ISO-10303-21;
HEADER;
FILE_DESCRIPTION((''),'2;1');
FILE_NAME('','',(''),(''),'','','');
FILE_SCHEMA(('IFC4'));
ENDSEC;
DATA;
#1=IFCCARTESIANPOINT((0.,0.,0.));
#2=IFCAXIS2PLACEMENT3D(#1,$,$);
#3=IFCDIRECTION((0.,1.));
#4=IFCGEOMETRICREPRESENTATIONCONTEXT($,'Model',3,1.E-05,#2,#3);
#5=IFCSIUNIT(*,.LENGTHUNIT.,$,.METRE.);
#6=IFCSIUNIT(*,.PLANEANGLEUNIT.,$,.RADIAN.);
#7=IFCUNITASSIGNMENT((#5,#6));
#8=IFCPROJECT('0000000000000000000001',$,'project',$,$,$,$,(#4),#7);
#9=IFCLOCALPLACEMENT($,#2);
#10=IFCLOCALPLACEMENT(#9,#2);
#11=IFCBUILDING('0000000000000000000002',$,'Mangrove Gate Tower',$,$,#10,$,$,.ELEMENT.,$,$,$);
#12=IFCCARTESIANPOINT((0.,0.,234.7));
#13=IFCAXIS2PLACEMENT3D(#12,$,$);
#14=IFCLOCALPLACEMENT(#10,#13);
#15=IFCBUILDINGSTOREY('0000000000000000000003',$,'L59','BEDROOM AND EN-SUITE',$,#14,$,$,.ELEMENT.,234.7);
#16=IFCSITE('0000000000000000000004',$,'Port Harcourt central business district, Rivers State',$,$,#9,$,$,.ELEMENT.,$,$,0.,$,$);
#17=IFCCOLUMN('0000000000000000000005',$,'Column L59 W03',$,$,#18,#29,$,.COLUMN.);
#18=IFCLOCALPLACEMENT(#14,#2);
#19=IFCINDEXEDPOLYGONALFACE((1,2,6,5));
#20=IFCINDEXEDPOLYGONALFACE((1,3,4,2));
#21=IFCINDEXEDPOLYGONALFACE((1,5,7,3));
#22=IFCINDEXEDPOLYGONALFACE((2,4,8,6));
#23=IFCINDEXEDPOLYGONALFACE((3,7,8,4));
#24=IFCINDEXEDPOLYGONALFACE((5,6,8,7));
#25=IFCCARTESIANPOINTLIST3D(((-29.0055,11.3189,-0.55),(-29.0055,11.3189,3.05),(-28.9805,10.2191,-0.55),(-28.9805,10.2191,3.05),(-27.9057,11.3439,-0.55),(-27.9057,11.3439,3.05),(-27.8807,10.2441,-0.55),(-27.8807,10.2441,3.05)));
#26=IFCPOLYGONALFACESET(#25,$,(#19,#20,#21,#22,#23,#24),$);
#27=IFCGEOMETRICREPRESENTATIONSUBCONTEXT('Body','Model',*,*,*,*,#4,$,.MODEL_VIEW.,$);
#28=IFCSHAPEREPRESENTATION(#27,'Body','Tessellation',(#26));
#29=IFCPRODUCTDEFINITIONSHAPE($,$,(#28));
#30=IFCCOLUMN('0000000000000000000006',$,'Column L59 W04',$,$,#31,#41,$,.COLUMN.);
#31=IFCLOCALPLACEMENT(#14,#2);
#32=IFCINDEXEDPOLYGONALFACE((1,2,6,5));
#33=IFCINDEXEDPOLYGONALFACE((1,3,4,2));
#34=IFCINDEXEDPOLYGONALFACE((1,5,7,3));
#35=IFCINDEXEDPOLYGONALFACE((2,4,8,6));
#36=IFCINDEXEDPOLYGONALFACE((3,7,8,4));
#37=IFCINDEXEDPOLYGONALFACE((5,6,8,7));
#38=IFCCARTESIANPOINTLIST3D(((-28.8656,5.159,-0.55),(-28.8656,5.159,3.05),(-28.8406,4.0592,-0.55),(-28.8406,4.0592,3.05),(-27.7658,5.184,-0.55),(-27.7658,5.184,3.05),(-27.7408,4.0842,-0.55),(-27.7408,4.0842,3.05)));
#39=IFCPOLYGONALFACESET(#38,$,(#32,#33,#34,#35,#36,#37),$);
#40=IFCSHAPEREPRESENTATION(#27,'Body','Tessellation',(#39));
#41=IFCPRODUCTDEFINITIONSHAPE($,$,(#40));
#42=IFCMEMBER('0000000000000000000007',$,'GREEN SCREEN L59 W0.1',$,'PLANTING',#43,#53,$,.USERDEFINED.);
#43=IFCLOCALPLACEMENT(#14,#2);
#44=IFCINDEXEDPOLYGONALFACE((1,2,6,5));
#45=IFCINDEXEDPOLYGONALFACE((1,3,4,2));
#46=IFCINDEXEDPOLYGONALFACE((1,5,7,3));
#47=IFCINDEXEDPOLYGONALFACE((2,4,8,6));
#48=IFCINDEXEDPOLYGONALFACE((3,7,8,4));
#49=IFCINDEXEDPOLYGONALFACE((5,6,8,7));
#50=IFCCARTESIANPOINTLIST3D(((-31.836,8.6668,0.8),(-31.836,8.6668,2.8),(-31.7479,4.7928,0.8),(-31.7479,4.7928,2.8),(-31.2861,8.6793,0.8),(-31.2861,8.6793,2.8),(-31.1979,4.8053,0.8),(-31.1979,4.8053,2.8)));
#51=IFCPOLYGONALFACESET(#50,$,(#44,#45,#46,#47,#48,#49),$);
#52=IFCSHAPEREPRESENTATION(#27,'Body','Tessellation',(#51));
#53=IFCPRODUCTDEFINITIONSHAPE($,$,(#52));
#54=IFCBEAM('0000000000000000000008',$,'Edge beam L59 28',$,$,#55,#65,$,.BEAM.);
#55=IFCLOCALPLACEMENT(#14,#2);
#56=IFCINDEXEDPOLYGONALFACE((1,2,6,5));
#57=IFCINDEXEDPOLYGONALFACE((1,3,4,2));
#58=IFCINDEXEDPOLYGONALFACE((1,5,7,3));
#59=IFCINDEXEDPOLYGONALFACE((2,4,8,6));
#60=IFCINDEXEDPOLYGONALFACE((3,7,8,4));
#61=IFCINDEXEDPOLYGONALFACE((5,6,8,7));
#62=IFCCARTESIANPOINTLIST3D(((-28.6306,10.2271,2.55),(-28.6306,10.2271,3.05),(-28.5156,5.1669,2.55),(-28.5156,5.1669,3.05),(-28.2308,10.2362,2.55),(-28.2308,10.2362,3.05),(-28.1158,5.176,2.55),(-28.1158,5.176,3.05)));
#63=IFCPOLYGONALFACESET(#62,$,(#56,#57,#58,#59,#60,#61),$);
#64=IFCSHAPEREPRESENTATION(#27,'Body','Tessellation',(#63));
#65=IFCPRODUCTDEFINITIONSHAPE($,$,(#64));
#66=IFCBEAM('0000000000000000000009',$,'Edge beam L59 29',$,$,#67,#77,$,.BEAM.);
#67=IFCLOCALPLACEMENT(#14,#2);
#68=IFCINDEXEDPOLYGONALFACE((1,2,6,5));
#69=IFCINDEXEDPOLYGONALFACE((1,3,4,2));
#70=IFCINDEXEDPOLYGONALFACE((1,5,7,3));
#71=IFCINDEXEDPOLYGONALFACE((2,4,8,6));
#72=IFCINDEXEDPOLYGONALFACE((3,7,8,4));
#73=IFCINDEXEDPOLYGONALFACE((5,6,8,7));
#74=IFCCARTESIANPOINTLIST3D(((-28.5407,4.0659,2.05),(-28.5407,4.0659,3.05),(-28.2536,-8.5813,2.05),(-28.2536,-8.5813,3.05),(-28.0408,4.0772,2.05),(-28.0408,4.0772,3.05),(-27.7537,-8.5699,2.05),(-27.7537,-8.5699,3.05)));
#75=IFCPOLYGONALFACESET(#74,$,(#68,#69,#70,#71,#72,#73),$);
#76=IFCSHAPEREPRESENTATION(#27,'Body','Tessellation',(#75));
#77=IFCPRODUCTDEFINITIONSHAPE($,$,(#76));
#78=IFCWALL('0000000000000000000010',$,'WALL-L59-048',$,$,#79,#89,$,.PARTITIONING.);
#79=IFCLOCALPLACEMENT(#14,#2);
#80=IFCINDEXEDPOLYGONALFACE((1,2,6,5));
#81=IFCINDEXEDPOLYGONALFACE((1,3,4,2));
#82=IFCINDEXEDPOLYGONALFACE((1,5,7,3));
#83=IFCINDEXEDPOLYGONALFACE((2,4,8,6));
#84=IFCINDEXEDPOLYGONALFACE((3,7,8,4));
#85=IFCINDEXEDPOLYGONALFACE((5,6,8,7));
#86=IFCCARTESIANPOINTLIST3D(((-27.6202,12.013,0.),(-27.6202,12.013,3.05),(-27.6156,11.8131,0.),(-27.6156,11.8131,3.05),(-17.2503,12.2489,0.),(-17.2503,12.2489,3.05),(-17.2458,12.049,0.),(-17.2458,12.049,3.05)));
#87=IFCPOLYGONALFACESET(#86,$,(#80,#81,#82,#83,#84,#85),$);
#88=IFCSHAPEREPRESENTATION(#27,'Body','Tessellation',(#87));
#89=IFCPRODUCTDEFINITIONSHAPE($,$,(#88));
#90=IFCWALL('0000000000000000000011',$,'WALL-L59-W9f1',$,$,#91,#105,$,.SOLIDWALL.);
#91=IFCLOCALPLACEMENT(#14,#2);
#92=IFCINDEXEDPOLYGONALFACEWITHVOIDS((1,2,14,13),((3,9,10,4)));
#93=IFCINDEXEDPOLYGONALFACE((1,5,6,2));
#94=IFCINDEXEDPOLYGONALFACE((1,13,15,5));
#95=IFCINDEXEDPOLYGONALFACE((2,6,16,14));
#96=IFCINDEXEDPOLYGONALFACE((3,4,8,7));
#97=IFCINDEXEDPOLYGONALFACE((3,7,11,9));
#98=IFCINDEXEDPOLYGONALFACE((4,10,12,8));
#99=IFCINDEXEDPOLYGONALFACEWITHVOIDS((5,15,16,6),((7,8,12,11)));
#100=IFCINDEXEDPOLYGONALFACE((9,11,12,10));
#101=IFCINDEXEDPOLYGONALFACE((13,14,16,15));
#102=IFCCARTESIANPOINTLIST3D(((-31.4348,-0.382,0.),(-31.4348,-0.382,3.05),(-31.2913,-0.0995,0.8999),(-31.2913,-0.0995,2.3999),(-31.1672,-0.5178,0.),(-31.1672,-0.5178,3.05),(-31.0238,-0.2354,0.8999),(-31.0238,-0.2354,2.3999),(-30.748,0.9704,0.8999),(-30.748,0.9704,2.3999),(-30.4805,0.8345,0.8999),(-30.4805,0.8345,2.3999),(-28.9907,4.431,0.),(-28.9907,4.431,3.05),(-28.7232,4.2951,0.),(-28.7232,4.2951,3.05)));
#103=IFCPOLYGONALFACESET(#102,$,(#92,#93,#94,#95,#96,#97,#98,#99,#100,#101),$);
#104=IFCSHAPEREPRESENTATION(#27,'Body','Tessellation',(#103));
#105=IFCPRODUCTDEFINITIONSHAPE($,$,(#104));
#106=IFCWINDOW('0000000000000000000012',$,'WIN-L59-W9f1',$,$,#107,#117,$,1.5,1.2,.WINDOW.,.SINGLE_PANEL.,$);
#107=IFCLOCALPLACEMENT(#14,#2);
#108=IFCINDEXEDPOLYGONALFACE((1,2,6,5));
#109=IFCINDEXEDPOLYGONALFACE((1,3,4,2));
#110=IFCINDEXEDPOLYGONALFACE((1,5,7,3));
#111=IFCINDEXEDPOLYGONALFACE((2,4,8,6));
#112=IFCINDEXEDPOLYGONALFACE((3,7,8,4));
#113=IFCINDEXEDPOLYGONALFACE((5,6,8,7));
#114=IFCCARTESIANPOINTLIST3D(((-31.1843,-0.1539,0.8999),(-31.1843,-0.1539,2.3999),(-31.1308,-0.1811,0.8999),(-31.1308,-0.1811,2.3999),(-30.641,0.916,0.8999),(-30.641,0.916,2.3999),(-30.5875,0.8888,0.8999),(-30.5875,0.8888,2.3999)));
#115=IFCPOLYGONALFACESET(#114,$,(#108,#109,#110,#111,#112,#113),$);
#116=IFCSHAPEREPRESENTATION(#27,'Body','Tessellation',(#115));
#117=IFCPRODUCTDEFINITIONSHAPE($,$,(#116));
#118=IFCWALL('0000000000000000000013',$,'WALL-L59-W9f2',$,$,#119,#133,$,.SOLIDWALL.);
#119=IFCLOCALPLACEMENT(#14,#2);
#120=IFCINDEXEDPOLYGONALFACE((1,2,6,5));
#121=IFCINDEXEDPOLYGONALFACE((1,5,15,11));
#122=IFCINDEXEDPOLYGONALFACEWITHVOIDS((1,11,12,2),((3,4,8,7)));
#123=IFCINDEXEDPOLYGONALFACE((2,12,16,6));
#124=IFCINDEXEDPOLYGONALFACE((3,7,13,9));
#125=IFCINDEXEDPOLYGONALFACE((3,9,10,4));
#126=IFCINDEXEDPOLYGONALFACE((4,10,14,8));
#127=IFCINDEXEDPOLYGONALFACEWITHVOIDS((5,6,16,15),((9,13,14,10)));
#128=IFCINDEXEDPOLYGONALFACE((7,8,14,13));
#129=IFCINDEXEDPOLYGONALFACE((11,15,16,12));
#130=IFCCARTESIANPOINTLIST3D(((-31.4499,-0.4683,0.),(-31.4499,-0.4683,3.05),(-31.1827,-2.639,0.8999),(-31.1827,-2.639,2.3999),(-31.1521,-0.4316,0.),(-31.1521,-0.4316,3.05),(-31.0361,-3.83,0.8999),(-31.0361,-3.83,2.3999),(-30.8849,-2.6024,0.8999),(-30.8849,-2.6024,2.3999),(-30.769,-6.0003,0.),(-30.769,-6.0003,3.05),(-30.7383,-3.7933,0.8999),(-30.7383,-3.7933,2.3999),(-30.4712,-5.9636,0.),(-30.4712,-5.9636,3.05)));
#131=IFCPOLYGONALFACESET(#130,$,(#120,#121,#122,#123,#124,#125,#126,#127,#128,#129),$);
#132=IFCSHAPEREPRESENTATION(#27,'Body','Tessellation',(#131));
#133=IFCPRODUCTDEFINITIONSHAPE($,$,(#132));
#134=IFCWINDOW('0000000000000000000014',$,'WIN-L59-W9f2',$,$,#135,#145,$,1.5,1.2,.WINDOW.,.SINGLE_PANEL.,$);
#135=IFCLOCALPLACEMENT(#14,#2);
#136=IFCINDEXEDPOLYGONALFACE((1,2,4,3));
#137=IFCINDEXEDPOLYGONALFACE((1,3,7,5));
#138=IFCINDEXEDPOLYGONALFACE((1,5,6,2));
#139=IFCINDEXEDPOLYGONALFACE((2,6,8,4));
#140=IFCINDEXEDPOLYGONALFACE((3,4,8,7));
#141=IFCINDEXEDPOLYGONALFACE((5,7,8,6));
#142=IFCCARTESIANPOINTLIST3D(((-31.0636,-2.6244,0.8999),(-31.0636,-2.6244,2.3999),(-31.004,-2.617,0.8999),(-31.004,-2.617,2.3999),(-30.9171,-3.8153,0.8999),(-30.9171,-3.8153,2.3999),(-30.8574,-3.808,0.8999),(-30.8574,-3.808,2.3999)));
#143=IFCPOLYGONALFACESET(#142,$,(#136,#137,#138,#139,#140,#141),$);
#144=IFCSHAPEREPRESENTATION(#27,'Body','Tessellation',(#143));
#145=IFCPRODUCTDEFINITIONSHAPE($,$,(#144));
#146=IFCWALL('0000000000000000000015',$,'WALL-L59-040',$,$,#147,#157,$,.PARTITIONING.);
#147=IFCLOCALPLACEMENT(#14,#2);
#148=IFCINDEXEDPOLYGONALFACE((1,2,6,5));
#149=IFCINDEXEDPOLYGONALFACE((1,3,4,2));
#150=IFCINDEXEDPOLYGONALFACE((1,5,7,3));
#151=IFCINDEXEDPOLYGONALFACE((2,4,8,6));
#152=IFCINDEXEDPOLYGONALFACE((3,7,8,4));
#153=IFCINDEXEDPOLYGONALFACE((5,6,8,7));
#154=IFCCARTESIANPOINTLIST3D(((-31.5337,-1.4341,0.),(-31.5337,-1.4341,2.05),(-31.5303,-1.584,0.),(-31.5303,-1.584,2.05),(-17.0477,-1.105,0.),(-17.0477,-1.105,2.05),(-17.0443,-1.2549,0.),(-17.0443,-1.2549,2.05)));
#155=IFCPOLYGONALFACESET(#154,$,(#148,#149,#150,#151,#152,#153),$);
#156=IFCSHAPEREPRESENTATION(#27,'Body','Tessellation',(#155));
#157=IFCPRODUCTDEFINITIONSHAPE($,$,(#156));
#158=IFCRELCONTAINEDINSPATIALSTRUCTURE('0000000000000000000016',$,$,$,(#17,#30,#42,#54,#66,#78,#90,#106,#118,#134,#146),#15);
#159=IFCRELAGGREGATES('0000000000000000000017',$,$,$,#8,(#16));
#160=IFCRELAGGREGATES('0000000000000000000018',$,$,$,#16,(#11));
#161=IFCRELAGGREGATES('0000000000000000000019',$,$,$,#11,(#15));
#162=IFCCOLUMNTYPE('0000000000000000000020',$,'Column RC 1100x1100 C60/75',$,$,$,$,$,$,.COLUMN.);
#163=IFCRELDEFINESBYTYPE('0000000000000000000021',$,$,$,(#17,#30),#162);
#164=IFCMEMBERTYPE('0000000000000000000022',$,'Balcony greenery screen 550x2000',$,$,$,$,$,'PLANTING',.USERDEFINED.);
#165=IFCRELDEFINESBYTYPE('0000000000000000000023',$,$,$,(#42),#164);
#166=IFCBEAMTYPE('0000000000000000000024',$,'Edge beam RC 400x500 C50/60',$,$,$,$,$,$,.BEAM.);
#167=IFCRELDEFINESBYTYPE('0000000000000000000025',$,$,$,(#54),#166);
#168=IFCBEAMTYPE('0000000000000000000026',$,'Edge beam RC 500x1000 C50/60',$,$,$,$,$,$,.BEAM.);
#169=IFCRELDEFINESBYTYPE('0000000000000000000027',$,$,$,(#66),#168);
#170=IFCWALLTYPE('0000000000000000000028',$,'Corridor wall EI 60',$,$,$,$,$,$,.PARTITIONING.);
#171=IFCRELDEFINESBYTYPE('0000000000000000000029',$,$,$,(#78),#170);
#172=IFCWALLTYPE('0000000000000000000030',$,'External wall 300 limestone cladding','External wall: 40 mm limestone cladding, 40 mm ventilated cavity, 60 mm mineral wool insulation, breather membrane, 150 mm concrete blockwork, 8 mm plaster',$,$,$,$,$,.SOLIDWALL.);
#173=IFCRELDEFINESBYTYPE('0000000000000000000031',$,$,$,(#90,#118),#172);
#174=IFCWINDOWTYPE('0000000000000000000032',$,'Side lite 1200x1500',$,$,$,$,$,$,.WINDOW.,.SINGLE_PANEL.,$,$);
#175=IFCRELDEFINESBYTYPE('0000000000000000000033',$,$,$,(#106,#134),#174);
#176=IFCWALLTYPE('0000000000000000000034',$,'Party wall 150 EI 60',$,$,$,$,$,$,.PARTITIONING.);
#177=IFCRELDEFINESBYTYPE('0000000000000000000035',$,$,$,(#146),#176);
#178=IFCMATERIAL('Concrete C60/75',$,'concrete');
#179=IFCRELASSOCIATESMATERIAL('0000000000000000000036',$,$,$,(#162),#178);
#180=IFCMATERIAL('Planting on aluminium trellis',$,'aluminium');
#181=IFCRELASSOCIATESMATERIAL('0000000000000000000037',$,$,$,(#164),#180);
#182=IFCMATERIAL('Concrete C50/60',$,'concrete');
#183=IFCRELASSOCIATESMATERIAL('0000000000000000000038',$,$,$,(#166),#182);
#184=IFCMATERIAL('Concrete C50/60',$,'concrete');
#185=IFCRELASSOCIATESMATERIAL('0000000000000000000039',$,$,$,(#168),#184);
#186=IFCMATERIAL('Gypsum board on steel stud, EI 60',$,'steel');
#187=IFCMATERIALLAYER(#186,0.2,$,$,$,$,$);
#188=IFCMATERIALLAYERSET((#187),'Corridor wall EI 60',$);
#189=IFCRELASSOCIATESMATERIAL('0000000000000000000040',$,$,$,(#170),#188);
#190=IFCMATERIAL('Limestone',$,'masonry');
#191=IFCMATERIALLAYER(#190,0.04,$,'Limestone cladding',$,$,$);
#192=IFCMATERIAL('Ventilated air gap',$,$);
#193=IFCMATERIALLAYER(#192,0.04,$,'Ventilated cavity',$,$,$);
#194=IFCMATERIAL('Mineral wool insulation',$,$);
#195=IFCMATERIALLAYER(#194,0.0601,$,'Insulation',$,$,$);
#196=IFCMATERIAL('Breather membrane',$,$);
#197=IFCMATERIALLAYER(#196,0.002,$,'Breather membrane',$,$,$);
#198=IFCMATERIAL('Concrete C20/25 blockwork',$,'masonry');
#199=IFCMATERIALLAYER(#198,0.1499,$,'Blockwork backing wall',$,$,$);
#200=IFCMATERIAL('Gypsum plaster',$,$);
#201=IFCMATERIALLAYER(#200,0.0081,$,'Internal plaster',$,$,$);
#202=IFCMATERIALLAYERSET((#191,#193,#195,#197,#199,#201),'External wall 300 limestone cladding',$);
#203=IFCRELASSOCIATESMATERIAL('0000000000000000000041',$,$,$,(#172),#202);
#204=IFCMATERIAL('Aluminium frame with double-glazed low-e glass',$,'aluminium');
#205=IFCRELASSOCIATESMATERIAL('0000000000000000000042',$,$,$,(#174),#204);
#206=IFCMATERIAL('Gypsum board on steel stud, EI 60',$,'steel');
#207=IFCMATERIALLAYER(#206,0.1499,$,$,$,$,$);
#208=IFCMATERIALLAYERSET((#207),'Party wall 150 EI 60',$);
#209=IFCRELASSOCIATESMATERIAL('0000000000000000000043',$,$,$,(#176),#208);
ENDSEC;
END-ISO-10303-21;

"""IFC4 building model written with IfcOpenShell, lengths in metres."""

from ifc_helpers import new_model, si_unit, direction, frame, frame_2d, origin, origin_2d, place, context, subcontext, project, spatial, rectangle, extrude, material, layer, layer_set, material_profile, profile_set, type_object, element, fill, save


model = new_model("IFC4")

# Units and contexts
model_context = context("Model", 3, precision=1e-05, world=origin(), true_north=direction((0.0, 1.0)))
body_context = subcontext(model_context, "Body", "Model", "MODEL_VIEW")
ifc_project = project(units=[si_unit("LENGTHUNIT", "METRE"), si_unit("PLANEANGLEUNIT", "RADIAN")], contexts=[model_context])

# Site, building, storey
site_placement = place(None, origin())
site = spatial("IfcSite", under=ifc_project, at=site_placement, Name="Port Harcourt central business district, Rivers State", CompositionType="ELEMENT", RefElevation=0.0)
building_placement = place(site_placement, origin())
building = spatial("IfcBuilding", under=site, at=building_placement, Name="Mangrove Gate Tower", CompositionType="ELEMENT")
storey_placement = place(building_placement, frame((0.0, 0.0, 234.7)))
storey = spatial("IfcBuildingStorey", under=building, at=storey_placement, Name="L59", Description="BEDROOM AND EN-SUITE", CompositionType="ELEMENT", Elevation=234.7)

# Columns
ifc_material_1 = material(Name="Concrete C60/75", Category="concrete")
ifc_material_profile_1 = material_profile(ifc_material_1, rectangle(XDim=1.1001, YDim=1.1001, at=origin_2d()))
ifc_profile_set_1 = profile_set([ifc_material_profile_1], Name="Concrete C60/75")
column_type = type_object("IfcColumnType", Name="Column RC 1100x1100 C60/75", PredefinedType="COLUMN", material=ifc_profile_set_1)
for number, where, z_axis, x_axis, name in (
    (1, (-28.4431, 10.7815, -0.55), (0.0, 0.0, 1.0), (0.02272, -0.999742, 0.0), "Column L59 W03"),
    (2, (-28.3032, 4.6216, -0.55), (0.0, 0.0, 1.0), (0.0227, -0.999742, 0.0), "Column L59 W04"),
):
    element("IfcColumn", number, at=place(storey_placement, frame(where, z_axis=z_axis, x_axis=x_axis)), inside=storey, type_object=column_type, Name=name, PredefinedType="COLUMN", context=body_context, shape_type="SweptSolid", body=[
        extrude(rectangle(XDim=1.1001, YDim=1.1001, at=origin_2d()), origin(), (0.0, 0.0, 1.0), 3.6001),
    ])

# Member
ifc_material_2 = material(Name="Planting on aluminium trellis", Category="aluminium")
ifc_material_profile_2 = material_profile(ifc_material_2, rectangle(XDim=0.55, YDim=2.0, at=origin_2d()))
ifc_profile_set_2 = profile_set([ifc_material_profile_2], Name="Planting on aluminium trellis")
member_type = type_object("IfcMemberType", Name="Balcony greenery screen 550x2000", ElementType="PLANTING", PredefinedType="USERDEFINED", material=ifc_profile_set_2)
member_placement = place(storey_placement, frame((-31.4729, 4.7991, 1.8), z_axis=(-0.022744, 0.999741, 0.0), x_axis=(-0.999741, -0.022744, 0.0)))
element("IfcMember", 3, at=member_placement, inside=storey, type_object=member_type, Name="GREEN SCREEN L59 W0.1", ObjectType="PLANTING", PredefinedType="USERDEFINED", context=body_context, shape_type="SweptSolid", body=[
    extrude(rectangle(XDim=0.55, YDim=2.0, at=origin_2d()), origin(), (0.0, 0.0, 1.0), 3.875),
])

# Beams
ifc_material_3 = material(Name="Concrete C50/60", Category="concrete")
ifc_material_profile_3 = material_profile(ifc_material_3, rectangle(XDim=0.3999, YDim=0.5, at=origin_2d()))
ifc_profile_set_3 = profile_set([ifc_material_profile_3], Name="Concrete C50/60")
beam_type_1 = type_object("IfcBeamType", Name="Edge beam RC 400x500 C50/60", PredefinedType="BEAM", material=ifc_profile_set_3)
beam_1_placement = place(storey_placement, frame((-28.4307, 10.2317, 2.8), z_axis=(0.022718, -0.999742, 0.0), x_axis=(0.999742, 0.022718, 0.0)))
element("IfcBeam", 4, at=beam_1_placement, inside=storey, type_object=beam_type_1, Name="Edge beam L59 28", PredefinedType="BEAM", context=body_context, shape_type="SweptSolid", body=[
    extrude(rectangle(XDim=0.3999, YDim=0.5, at=origin_2d()), origin(), (0.0, 0.0, 1.0), 5.0615),
])
ifc_material_4 = material(Name="Concrete C50/60", Category="concrete")
ifc_material_profile_4 = material_profile(ifc_material_4, rectangle(XDim=0.5, YDim=1.0, at=origin_2d()))
ifc_profile_set_4 = profile_set([ifc_material_profile_4], Name="Concrete C50/60")
beam_type_2 = type_object("IfcBeamType", Name="Edge beam RC 500x1000 C50/60", PredefinedType="BEAM", material=ifc_profile_set_4)
beam_2_placement = place(storey_placement, frame((-28.2908, 4.0715, 2.55), z_axis=(0.022696, -0.999742, 0.0), x_axis=(0.999742, 0.022696, 0.0)))
element("IfcBeam", 5, at=beam_2_placement, inside=storey, type_object=beam_type_2, Name="Edge beam L59 29", PredefinedType="BEAM", context=body_context, shape_type="SweptSolid", body=[
    extrude(rectangle(XDim=0.5, YDim=1.0, at=origin_2d()), origin(), (0.0, 0.0, 1.0), 12.6504),
])

# Wall
ifc_material_5 = material(Name="Gypsum board on steel stud, EI 60", Category="steel")
ifc_layer_1 = layer(ifc_material_5, 0.2)
ifc_layer_set_1 = layer_set([ifc_layer_1], Name="Corridor wall EI 60")
wall_type_1 = type_object("IfcWallType", Name="Corridor wall EI 60", PredefinedType="PARTITIONING", material=ifc_layer_set_1)
wall_1_placement = place(storey_placement, frame((-27.6179, 11.9131, 0.0), z_axis=(0.0, 0.0, 1.0), x_axis=(0.999741, 0.022737, 0.0)))
element("IfcWall", 6, at=wall_1_placement, inside=storey, type_object=wall_type_1, Name="WALL-L59-048", PredefinedType="PARTITIONING", context=body_context, shape_type="SweptSolid", body=[
    extrude(rectangle(XDim=10.3726, YDim=0.2, at=frame_2d((5.1863, 0.0))), origin(), (0.0, 0.0, 1.0), 3.05),
])

# Walls, openings, windows
ifc_material_6 = material(Name="Limestone", Category="masonry")
ifc_layer_2 = layer(ifc_material_6, 0.04, Name="Limestone cladding")
ifc_material_7 = material(Name="Ventilated air gap")
ifc_layer_3 = layer(ifc_material_7, 0.04, Name="Ventilated cavity")
ifc_material_8 = material(Name="Mineral wool insulation")
ifc_layer_4 = layer(ifc_material_8, 0.0601, Name="Insulation")
ifc_material_9 = material(Name="Breather membrane")
ifc_layer_5 = layer(ifc_material_9, 0.002, Name="Breather membrane")
ifc_material_10 = material(Name="Concrete C20/25 blockwork", Category="masonry")
ifc_layer_6 = layer(ifc_material_10, 0.1499, Name="Blockwork backing wall")
ifc_material_11 = material(Name="Gypsum plaster")
ifc_layer_7 = layer(ifc_material_11, 0.0081, Name="Internal plaster")
ifc_layer_set_2 = layer_set([ifc_layer_2, ifc_layer_3, ifc_layer_4, ifc_layer_5, ifc_layer_6, ifc_layer_7], Name="External wall 300 limestone cladding")
wall_type_2 = type_object("IfcWallType", Name="External wall 300 limestone cladding", Description="External wall: 40 mm limestone cladding, 40 mm ventilated cavity, 60 mm mineral wool insulation, breather membrane, 150 mm concrete blockwork, 8 mm plaster", PredefinedType="SOLIDWALL", material=ifc_layer_set_2)
wall_2_placement = place(storey_placement, frame((-28.8569, 4.363, 0.0), z_axis=(0.0, 0.0, 1.0), x_axis=(-0.452777, -0.891624, 0.0)))
wall_2 = element("IfcWall", 7, at=wall_2_placement, inside=storey, type_object=wall_type_2, Name="WALL-L59-W9f1", PredefinedType="SOLIDWALL", context=body_context, shape_type="SweptSolid", body=[
    extrude(rectangle(XDim=5.3979, YDim=0.3, at=frame_2d((2.699, 0.0))), origin(), (0.0, 0.0, 1.0), 3.05),
])
opening_1_placement = place(wall_2_placement, frame((3.8811, 0.0, 0.8999)))
opening_1 = element("IfcOpeningElement", 8, at=opening_1_placement, cuts=wall_2, PredefinedType="OPENING", context=body_context, shape_type="SweptSolid", body=[
    extrude(rectangle(XDim=1.2, YDim=1.5, at=frame_2d((0.6001, 0.75))), frame((0.0, 0.1599, 0.0), z_axis=(0.0, -1.0, 0.0), x_axis=(1.0, 0.0, 0.0)), (0.0, 0.0, 1.0), 0.3201),
])
ifc_material_12 = material(Name="Aluminium frame with double-glazed low-e glass", Category="aluminium")
window_type = type_object("IfcWindowType", Name="Side lite 1200x1500", PartitioningType="SINGLE_PANEL", PredefinedType="WINDOW", material=ifc_material_12)
window_1_placement = place(opening_1_placement, origin())
window_1 = element("IfcWindow", 9, at=window_1_placement, inside=storey, type_object=window_type, Name="WIN-L59-W9f1", OverallHeight=1.5, OverallWidth=1.2, PartitioningType="SINGLE_PANEL", PredefinedType="WINDOW", context=body_context, shape_type="SweptSolid", body=[
    extrude(rectangle(XDim=1.2, YDim=1.5, at=frame_2d((0.6001, 0.75))), frame((0.0, 0.03, 0.0), z_axis=(0.0, -1.0, 0.0), x_axis=(1.0, 0.0, 0.0)), (0.0, 0.0, 1.0), 0.0601),
])
fill(opening_1, window_1)
wall_3_placement = place(storey_placement, frame((-31.301, -0.45, 0.0), z_axis=(0.0, 0.0, 1.0), x_axis=(0.122164, -0.99251, 0.0)))
wall_3 = element("IfcWall", 10, at=wall_3_placement, inside=storey, type_object=wall_type_2, Name="WALL-L59-W9f2", PredefinedType="SOLIDWALL", context=body_context, shape_type="SweptSolid", body=[
    extrude(rectangle(XDim=5.5737, YDim=0.3, at=frame_2d((2.7869, 0.0))), origin(), (0.0, 0.0, 1.0), 3.05),
])
opening_2_placement = place(wall_3_placement, frame((2.187, 0.0, 0.8999)))
opening_2 = element("IfcOpeningElement", 11, at=opening_2_placement, cuts=wall_3, PredefinedType="OPENING", context=body_context, shape_type="SweptSolid", body=[
    extrude(rectangle(XDim=1.2, YDim=1.5, at=frame_2d((0.6001, 0.75))), frame((0.0, 0.1599, 0.0), z_axis=(0.0, -1.0, 0.0), x_axis=(1.0, 0.0, 0.0)), (0.0, 0.0, 1.0), 0.3201),
])
window_2_placement = place(opening_2_placement, origin())
window_2 = element("IfcWindow", 12, at=window_2_placement, inside=storey, type_object=window_type, Name="WIN-L59-W9f2", OverallHeight=1.5, OverallWidth=1.2, PartitioningType="SINGLE_PANEL", PredefinedType="WINDOW", context=body_context, shape_type="SweptSolid", body=[
    extrude(rectangle(XDim=1.2, YDim=1.5, at=frame_2d((0.6001, 0.75))), frame((0.0, 0.03, 0.0), z_axis=(0.0, -1.0, 0.0), x_axis=(1.0, 0.0, 0.0)), (0.0, 0.0, 1.0), 0.0601),
])
fill(opening_2, window_2)

# Wall
ifc_material_13 = material(Name="Gypsum board on steel stud, EI 60", Category="steel")
ifc_layer_8 = layer(ifc_material_13, 0.1499)
ifc_layer_set_3 = layer_set([ifc_layer_8], Name="Party wall 150 EI 60")
wall_type_3 = type_object("IfcWallType", Name="Party wall 150 EI 60", PredefinedType="PARTITIONING", material=ifc_layer_set_3)
wall_4_placement = place(storey_placement, frame((-31.532, -1.509, 0.0), z_axis=(0.0, 0.0, 1.0), x_axis=(0.999742, 0.022713, 0.0)))
element("IfcWall", 13, at=wall_4_placement, inside=storey, type_object=wall_type_3, Name="WALL-L59-040", PredefinedType="PARTITIONING", context=body_context, shape_type="SweptSolid", body=[
    extrude(rectangle(XDim=14.4897, YDim=0.1499, at=frame_2d((7.2449, 0.0))), origin(), (0.0, 0.0, 1.0), 2.05),
])

save(model, "model.ifc")
